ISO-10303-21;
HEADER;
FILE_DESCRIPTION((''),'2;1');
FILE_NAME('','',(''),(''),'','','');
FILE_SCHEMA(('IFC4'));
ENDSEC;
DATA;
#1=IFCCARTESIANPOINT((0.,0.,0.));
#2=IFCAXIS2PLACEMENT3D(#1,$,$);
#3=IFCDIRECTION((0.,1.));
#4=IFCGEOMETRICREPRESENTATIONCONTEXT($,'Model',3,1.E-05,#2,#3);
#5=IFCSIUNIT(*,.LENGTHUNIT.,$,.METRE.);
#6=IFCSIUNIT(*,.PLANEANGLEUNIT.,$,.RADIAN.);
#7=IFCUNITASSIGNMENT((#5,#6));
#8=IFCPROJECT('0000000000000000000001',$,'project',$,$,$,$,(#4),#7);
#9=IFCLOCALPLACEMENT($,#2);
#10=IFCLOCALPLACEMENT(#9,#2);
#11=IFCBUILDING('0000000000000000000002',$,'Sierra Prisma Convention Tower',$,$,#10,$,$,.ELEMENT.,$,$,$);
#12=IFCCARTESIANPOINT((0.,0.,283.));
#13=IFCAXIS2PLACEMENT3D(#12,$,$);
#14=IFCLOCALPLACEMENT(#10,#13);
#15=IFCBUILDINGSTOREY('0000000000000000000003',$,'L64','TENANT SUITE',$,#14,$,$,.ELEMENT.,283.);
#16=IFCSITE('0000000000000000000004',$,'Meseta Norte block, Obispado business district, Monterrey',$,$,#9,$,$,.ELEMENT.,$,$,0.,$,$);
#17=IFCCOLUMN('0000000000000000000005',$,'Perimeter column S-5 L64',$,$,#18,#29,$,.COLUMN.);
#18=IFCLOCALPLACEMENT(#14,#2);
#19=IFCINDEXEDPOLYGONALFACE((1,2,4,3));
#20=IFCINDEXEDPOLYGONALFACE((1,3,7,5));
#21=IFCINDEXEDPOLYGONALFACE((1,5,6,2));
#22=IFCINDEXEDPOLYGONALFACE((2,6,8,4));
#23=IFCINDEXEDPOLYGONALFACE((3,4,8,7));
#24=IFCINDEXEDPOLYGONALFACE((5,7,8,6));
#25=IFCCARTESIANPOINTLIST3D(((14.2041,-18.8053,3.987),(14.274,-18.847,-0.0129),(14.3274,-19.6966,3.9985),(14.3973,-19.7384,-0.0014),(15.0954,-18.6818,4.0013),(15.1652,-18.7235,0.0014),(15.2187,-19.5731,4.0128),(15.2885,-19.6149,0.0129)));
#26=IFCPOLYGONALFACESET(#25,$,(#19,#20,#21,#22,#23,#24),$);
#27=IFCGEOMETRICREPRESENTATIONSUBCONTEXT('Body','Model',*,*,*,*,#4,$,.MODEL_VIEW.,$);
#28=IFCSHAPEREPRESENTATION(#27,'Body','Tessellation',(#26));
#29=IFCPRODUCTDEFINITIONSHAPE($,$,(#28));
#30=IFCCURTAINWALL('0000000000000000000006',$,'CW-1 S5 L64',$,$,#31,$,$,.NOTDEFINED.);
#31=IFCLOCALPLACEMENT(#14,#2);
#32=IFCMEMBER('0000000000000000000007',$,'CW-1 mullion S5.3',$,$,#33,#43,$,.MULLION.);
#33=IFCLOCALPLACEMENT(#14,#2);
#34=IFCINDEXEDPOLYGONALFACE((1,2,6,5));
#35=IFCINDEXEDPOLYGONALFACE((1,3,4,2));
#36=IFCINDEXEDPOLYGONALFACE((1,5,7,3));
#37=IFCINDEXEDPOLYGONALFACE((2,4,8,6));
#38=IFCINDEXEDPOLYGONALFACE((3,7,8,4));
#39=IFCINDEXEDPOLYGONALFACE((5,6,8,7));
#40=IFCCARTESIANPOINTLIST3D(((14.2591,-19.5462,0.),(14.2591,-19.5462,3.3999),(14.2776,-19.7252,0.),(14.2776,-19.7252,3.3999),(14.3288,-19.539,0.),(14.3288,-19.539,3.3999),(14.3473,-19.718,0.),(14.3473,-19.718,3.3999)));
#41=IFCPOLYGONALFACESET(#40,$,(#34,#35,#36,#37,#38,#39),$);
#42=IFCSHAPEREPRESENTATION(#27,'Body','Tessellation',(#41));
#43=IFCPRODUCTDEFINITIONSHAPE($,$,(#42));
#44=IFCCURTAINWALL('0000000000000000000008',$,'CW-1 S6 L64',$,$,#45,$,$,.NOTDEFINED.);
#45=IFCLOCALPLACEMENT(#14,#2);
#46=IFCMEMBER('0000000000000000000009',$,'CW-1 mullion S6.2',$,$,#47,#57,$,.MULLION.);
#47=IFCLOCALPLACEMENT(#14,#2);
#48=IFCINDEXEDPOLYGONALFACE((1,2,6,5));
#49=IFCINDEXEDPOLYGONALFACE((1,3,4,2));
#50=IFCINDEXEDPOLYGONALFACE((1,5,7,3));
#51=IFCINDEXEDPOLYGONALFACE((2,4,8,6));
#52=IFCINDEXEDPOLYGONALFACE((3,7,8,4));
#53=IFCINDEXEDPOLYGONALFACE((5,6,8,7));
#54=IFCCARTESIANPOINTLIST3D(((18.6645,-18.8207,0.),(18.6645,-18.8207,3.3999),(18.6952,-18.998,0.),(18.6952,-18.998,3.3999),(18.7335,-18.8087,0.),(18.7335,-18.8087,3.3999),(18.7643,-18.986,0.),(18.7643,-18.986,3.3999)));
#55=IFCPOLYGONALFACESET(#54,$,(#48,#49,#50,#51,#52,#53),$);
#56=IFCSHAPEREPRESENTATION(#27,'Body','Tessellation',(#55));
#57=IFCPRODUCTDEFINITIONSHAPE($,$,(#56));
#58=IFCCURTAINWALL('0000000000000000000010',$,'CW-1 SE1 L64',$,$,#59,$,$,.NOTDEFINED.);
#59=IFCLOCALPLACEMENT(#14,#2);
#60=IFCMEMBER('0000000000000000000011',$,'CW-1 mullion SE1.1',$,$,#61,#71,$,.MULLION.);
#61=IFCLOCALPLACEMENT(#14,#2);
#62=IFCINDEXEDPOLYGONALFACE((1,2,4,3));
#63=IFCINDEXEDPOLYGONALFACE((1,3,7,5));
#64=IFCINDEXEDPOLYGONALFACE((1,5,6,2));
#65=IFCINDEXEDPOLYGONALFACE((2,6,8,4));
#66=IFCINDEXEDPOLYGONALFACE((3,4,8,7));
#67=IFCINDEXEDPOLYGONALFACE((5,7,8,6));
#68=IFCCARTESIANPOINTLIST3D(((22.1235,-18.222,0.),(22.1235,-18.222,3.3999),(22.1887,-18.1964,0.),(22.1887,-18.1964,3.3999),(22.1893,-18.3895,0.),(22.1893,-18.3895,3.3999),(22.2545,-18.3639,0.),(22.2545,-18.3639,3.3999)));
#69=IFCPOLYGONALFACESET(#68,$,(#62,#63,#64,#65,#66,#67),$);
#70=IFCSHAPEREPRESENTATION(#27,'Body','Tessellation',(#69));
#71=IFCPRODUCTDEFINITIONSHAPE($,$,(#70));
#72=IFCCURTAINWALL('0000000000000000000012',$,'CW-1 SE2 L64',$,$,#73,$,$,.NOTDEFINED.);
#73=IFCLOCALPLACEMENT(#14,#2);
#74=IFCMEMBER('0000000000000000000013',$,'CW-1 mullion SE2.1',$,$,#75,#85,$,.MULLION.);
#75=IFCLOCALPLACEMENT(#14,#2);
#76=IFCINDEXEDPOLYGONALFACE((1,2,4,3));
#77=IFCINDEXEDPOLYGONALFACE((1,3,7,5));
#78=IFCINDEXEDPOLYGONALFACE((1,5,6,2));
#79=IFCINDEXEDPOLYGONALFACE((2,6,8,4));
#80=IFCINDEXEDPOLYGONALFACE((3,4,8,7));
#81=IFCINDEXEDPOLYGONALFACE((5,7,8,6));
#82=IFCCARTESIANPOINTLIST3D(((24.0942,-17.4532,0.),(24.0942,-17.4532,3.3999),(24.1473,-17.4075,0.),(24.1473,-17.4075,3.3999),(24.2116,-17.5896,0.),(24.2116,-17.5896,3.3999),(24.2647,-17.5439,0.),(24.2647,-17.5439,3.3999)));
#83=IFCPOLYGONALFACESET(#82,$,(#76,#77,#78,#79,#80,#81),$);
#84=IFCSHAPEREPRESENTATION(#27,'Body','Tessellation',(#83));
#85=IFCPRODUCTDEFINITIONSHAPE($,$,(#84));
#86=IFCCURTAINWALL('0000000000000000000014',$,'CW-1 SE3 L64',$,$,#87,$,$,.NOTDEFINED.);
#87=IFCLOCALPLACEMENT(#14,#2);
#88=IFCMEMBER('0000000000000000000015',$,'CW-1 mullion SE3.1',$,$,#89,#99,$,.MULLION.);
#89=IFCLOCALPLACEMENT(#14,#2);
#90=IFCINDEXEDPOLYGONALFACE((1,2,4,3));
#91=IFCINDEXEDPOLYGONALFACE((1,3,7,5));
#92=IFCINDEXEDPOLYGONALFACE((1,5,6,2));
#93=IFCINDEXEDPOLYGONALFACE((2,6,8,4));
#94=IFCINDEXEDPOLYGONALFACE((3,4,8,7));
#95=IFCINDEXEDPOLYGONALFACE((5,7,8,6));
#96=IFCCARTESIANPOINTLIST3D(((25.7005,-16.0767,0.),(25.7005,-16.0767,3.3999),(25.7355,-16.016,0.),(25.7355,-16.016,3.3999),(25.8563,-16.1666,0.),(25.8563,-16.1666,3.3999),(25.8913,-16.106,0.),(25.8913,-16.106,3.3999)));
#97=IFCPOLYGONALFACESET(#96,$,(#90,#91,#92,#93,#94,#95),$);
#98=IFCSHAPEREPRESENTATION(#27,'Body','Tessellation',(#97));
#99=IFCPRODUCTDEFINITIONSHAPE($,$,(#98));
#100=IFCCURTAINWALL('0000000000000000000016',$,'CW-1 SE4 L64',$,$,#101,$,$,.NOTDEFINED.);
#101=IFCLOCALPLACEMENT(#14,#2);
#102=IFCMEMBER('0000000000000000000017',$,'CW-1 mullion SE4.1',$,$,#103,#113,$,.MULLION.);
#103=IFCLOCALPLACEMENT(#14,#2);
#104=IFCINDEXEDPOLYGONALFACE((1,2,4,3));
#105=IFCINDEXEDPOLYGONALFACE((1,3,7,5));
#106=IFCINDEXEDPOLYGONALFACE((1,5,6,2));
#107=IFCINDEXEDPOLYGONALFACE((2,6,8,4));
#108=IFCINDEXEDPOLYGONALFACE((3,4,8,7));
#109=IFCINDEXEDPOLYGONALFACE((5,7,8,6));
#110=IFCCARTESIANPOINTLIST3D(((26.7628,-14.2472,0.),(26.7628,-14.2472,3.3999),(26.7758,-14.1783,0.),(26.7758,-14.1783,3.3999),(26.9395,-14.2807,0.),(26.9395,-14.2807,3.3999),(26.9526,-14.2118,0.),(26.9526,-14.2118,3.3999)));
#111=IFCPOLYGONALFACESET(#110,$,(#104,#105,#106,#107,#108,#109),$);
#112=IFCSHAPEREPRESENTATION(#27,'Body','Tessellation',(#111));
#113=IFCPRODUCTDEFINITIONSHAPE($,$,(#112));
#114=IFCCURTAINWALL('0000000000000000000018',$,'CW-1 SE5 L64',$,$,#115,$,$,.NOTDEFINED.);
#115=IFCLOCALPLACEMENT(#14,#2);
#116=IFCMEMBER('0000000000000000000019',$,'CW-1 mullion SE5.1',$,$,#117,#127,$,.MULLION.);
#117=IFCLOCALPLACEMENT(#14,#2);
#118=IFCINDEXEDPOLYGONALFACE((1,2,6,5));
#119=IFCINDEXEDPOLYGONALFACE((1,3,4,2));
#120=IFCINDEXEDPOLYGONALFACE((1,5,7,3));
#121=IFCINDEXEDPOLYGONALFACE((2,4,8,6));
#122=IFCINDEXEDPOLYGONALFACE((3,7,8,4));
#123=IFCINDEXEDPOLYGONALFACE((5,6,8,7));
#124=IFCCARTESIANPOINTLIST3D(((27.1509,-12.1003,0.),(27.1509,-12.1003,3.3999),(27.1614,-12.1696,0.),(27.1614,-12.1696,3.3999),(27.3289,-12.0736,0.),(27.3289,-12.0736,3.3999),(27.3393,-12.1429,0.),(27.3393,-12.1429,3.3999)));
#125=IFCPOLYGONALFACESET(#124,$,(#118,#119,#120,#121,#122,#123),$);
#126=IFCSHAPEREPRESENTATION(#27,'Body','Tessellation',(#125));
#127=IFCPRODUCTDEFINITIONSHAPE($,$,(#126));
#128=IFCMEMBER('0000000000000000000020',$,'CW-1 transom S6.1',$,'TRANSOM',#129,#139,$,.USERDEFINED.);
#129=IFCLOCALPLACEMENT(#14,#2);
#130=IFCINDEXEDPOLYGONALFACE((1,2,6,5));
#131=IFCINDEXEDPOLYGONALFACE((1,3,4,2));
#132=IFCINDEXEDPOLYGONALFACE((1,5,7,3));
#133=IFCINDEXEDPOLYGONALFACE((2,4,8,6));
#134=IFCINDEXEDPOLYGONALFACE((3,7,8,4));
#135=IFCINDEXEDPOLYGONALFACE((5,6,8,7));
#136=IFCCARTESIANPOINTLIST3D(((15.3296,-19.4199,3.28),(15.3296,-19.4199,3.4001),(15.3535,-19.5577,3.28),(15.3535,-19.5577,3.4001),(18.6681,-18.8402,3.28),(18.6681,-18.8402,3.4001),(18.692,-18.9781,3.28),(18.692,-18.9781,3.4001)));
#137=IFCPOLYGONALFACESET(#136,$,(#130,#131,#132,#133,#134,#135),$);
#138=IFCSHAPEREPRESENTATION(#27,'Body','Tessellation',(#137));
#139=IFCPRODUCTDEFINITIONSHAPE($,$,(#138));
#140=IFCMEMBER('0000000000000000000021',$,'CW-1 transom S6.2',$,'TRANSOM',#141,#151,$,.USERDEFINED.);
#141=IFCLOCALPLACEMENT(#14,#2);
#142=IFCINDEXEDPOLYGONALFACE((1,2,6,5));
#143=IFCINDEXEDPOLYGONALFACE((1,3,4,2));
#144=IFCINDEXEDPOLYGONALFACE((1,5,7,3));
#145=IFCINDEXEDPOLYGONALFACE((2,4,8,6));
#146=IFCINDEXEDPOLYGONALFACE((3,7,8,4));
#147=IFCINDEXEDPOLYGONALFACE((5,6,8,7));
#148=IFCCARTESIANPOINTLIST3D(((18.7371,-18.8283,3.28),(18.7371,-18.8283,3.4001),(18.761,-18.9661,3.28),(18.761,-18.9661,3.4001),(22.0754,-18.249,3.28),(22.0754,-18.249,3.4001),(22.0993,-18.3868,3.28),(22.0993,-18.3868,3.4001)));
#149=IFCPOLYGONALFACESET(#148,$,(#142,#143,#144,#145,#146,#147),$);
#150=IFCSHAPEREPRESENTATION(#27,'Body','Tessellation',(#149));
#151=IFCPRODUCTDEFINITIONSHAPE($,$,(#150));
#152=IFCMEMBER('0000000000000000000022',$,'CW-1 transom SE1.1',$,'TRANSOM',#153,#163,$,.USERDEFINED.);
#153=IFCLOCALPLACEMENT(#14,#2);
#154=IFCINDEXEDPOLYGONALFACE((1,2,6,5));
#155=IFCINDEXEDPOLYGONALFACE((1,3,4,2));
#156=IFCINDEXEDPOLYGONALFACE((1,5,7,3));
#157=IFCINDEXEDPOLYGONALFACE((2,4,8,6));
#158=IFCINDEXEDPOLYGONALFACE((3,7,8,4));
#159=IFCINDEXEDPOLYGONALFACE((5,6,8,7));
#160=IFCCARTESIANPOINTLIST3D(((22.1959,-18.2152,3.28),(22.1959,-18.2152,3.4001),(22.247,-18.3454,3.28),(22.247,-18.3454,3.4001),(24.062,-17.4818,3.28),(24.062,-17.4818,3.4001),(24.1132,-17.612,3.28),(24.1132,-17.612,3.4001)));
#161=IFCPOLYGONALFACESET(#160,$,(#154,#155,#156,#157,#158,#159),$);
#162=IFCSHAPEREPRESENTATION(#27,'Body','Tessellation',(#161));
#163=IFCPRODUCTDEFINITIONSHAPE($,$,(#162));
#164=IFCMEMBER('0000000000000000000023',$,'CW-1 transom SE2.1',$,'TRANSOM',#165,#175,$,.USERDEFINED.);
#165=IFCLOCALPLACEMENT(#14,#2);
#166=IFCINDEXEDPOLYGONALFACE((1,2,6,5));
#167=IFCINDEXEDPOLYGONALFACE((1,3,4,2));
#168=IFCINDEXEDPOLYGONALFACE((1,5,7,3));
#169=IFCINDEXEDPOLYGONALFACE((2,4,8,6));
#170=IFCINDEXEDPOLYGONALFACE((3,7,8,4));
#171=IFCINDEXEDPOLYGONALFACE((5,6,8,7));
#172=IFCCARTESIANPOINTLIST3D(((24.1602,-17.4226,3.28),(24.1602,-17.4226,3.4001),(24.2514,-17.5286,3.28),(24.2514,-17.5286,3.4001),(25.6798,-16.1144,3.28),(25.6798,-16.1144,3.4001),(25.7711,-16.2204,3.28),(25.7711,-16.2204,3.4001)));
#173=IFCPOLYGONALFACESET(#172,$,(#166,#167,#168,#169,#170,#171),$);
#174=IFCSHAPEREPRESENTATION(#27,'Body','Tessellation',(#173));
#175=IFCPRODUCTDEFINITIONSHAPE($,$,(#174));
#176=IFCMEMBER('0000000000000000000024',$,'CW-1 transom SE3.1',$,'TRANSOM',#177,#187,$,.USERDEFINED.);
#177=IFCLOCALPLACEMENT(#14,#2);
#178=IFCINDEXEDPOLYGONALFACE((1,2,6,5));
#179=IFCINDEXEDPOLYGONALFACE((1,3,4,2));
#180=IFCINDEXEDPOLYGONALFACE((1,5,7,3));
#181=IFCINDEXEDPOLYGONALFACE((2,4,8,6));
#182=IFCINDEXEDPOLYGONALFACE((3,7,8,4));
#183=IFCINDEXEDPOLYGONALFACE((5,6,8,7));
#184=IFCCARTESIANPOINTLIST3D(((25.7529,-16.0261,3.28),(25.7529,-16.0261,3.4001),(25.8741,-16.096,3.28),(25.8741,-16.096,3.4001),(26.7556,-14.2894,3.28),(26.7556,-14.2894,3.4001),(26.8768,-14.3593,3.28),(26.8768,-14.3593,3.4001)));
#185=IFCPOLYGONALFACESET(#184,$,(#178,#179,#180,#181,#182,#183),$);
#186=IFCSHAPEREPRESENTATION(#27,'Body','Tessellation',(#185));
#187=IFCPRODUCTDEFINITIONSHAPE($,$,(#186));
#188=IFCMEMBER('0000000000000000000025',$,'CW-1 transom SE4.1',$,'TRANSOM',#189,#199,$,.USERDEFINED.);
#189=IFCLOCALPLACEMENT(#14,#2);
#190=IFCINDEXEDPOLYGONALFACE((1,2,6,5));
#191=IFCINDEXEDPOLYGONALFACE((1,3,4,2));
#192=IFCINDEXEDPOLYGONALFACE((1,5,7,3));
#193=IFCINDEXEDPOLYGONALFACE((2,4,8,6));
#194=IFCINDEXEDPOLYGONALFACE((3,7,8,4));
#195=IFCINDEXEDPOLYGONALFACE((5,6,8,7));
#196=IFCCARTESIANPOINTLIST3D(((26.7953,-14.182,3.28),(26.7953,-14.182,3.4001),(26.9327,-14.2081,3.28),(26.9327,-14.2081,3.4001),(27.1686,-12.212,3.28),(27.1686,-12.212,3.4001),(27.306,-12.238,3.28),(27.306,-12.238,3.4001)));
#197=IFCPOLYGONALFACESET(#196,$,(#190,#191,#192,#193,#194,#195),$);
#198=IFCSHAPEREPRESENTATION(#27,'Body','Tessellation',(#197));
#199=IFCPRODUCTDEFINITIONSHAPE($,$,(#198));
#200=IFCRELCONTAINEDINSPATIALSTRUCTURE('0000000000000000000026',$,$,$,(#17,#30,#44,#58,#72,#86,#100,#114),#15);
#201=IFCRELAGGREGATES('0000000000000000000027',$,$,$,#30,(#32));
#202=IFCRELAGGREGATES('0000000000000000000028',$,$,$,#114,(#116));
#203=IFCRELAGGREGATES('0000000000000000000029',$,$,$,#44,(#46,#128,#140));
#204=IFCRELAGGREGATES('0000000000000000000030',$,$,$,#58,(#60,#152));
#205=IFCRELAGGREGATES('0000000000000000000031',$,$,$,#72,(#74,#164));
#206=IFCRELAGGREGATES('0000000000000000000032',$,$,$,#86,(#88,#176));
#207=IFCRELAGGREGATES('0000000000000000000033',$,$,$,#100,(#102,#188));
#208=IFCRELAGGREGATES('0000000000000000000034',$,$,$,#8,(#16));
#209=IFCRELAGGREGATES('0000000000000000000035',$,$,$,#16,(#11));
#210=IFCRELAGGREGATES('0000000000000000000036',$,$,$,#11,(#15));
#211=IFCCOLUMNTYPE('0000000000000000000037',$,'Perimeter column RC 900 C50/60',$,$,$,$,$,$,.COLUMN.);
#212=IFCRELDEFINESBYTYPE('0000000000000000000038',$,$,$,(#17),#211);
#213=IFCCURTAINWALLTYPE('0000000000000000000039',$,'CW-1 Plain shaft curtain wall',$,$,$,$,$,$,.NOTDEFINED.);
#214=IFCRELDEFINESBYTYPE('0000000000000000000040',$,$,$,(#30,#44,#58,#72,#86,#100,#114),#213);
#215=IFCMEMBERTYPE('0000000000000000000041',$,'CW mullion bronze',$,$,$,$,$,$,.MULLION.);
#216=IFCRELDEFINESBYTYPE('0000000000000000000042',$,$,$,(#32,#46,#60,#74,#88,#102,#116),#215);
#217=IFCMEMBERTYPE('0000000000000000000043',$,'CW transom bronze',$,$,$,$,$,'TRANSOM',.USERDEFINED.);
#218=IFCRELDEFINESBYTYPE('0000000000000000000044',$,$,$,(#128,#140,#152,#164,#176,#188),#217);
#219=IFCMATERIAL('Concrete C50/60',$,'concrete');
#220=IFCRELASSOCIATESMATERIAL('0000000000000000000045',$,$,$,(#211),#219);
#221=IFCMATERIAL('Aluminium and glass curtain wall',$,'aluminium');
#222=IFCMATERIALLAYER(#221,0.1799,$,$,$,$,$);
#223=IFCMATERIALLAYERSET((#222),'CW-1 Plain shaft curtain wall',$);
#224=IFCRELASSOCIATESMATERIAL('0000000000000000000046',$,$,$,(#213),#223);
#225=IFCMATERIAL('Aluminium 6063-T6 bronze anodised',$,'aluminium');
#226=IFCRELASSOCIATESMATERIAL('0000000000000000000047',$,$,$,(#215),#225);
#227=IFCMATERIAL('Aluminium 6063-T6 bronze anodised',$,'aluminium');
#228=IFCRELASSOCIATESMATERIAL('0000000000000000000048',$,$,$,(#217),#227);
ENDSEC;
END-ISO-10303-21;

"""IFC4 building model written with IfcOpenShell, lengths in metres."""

from ifc_helpers import new_model, si_unit, direction, frame, origin, origin_2d, place, context, subcontext, project, spatial, rectangle, extrude, material, layer, layer_set, material_profile, profile_set, type_object, element, aggregate, save


model = new_model("IFC4")

# Units and contexts
model_context = context("Model", 3, precision=1e-05, world=origin(), true_north=direction((0.0, 1.0)))
body_context = subcontext(model_context, "Body", "Model", "MODEL_VIEW")
ifc_project = project(units=[si_unit("LENGTHUNIT", "METRE"), si_unit("PLANEANGLEUNIT", "RADIAN")], contexts=[model_context])

# Site, building, storey
site_placement = place(None, origin())
site = spatial("IfcSite", under=ifc_project, at=site_placement, Name="Meseta Norte block, Obispado business district, Monterrey", CompositionType="ELEMENT", RefElevation=0.0)
building_placement = place(site_placement, origin())
building = spatial("IfcBuilding", under=site, at=building_placement, Name="Sierra Prisma Convention Tower", CompositionType="ELEMENT")
storey_placement = place(building_placement, frame((0.0, 0.0, 283.0)))
storey = spatial("IfcBuildingStorey", under=building, at=storey_placement, Name="L64", Description="TENANT SUITE", CompositionType="ELEMENT", Elevation=283.0)

# Column
ifc_material_1 = material(Name="Concrete C50/60", Category="concrete")
ifc_material_profile_1 = material_profile(ifc_material_1, rectangle(XDim=0.8999, YDim=0.8999, at=origin_2d()), Name="Perimeter column RC 900 C50/60")
ifc_profile_set_1 = profile_set([ifc_material_profile_1], Name="Concrete C50/60")
column_type = type_object("IfcColumnType", Name="Perimeter column RC 900 C50/60", PredefinedType="COLUMN", material=ifc_profile_set_1)
column_placement = place(storey_placement, frame((14.7812, -19.231, 0.0), z_axis=(-0.017452, 0.010435, 0.999793), x_axis=(0.990413, 0.137223, 0.015857)))
element("IfcColumn", 1, at=column_placement, inside=storey, type_object=column_type, Name="Perimeter column S-5 L64", PredefinedType="COLUMN", context=body_context, shape_type="SweptSolid", body=[
    extrude(rectangle(XDim=0.8999, YDim=0.8999, at=origin_2d()), origin(), (0.0, 0.0, 1.0), 4.0007),
])

# Curtain walls, members
ifc_material_2 = material(Name="Aluminium and glass curtain wall", Category="aluminium")
ifc_layer_1 = layer(ifc_material_2, 0.1799)
ifc_layer_set_1 = layer_set([ifc_layer_1], Name="CW-1 Plain shaft curtain wall")
curtain_wall_type = type_object("IfcCurtainWallType", Name="CW-1 Plain shaft curtain wall", PredefinedType="NOTDEFINED", material=ifc_layer_set_1)
curtain_wall_1_placement = place(storey_placement, origin())
curtain_wall_1 = element("IfcCurtainWall", 2, at=curtain_wall_1_placement, inside=storey, type_object=curtain_wall_type, Name="CW-1 S5 L64", PredefinedType="NOTDEFINED")
ifc_material_3 = material(Name="Aluminium 6063-T6 bronze anodised", Category="aluminium")
ifc_material_profile_2 = material_profile(ifc_material_3, rectangle(XDim=0.1799, YDim=0.0701, at=origin_2d()), Name="ALU MULLION 70x180")
ifc_profile_set_2 = profile_set([ifc_material_profile_2], Name="Aluminium 6063-T6 bronze anodised")
member_type_1 = type_object("IfcMemberType", Name="CW mullion bronze", PredefinedType="MULLION", material=ifc_profile_set_2)
member_1_placement = place(storey_placement, frame((14.3032, -19.6321, 0.0), z_axis=(0.0, 0.0, 1.0), x_axis=(-0.10293, 0.994689, 0.0)))
member_1 = element("IfcMember", 3, at=member_1_placement, type_object=member_type_1, Name="CW-1 mullion S5.3", PredefinedType="MULLION", context=body_context, shape_type="SweptSolid", body=[
    extrude(rectangle(XDim=0.1799, YDim=0.0701, at=origin_2d()), origin(), (0.0, 0.0, 1.0), 3.3999),
])
aggregate(curtain_wall_1, [member_1])
curtain_wall_2_placement = place(storey_placement, origin())
curtain_wall_2 = element("IfcCurtainWall", 4, at=curtain_wall_2_placement, inside=storey, type_object=curtain_wall_type, Name="CW-1 S6 L64", PredefinedType="NOTDEFINED")
member_2_placement = place(storey_placement, frame((18.7144, -18.9033, 0.0), z_axis=(0.0, 0.0, 1.0), x_axis=(-0.171009, 0.985269, 0.0)))
member_2 = element("IfcMember", 5, at=member_2_placement, type_object=member_type_1, Name="CW-1 mullion S6.2", PredefinedType="MULLION", context=body_context, shape_type="SweptSolid", body=[
    extrude(rectangle(XDim=0.1799, YDim=0.0701, at=origin_2d()), origin(), (0.0, 0.0, 1.0), 3.3999),
])
curtain_wall_3_placement = place(storey_placement, origin())
curtain_wall_3 = element("IfcCurtainWall", 6, at=curtain_wall_3_placement, inside=storey, type_object=curtain_wall_type, Name="CW-1 SE1 L64", PredefinedType="NOTDEFINED")
member_3_placement = place(storey_placement, frame((22.189, -18.293, 0.0), z_axis=(0.0, 0.0, 1.0), x_axis=(-0.365732, 0.93072, 0.0)))
member_3 = element("IfcMember", 7, at=member_3_placement, type_object=member_type_1, Name="CW-1 mullion SE1.1", PredefinedType="MULLION", context=body_context, shape_type="SweptSolid", body=[
    extrude(rectangle(XDim=0.1799, YDim=0.0701, at=origin_2d()), origin(), (0.0, 0.0, 1.0), 3.3999),
])
curtain_wall_4_placement = place(storey_placement, origin())
curtain_wall_4 = element("IfcCurtainWall", 8, at=curtain_wall_4_placement, inside=storey, type_object=curtain_wall_type, Name="CW-1 SE2 L64", PredefinedType="NOTDEFINED")
member_4_placement = place(storey_placement, frame((24.1794, -17.4985, 0.0), z_axis=(0.0, 0.0, 1.0), x_axis=(-0.652447, 0.757835, 0.0)))
member_4 = element("IfcMember", 9, at=member_4_placement, type_object=member_type_1, Name="CW-1 mullion SE2.1", PredefinedType="MULLION", context=body_context, shape_type="SweptSolid", body=[
    extrude(rectangle(XDim=0.1799, YDim=0.0701, at=origin_2d()), origin(), (0.0, 0.0, 1.0), 3.3999),
])
curtain_wall_5_placement = place(storey_placement, origin())
curtain_wall_5 = element("IfcCurtainWall", 10, at=curtain_wall_5_placement, inside=storey, type_object=curtain_wall_type, Name="CW-1 SE3 L64", PredefinedType="NOTDEFINED")
member_5_placement = place(storey_placement, frame((25.7959, -16.0913, 0.0), z_axis=(0.0, 0.0, 1.0), x_axis=(-0.866025, 0.5, 0.0)))
member_5 = element("IfcMember", 11, at=member_5_placement, type_object=member_type_1, Name="CW-1 mullion SE3.1", PredefinedType="MULLION", context=body_context, shape_type="SweptSolid", body=[
    extrude(rectangle(XDim=0.1799, YDim=0.0701, at=origin_2d()), origin(), (0.0, 0.0, 1.0), 3.3999),
])
curtain_wall_6_placement = place(storey_placement, origin())
curtain_wall_6 = element("IfcCurtainWall", 12, at=curtain_wall_6_placement, inside=storey, type_object=curtain_wall_type, Name="CW-1 SE4 L64", PredefinedType="NOTDEFINED")
member_6_placement = place(storey_placement, frame((26.8577, -14.2295, 0.0), z_axis=(0.0, 0.0, 1.0), x_axis=(-0.982527, 0.186118, 0.0)))
member_6 = element("IfcMember", 13, at=member_6_placement, type_object=member_type_1, Name="CW-1 mullion SE4.1", PredefinedType="MULLION", context=body_context, shape_type="SweptSolid", body=[
    extrude(rectangle(XDim=0.1799, YDim=0.0701, at=origin_2d()), origin(), (0.0, 0.0, 1.0), 3.3999),
])
curtain_wall_7_placement = place(storey_placement, origin())
curtain_wall_7 = element("IfcCurtainWall", 14, at=curtain_wall_7_placement, inside=storey, type_object=curtain_wall_type, Name="CW-1 SE5 L64", PredefinedType="NOTDEFINED")
member_7_placement = place(storey_placement, frame((27.2451, -12.1216, 0.0), z_axis=(0.0, 0.0, 1.0), x_axis=(-0.988893, -0.148627, 0.0)))
member_7 = element("IfcMember", 15, at=member_7_placement, type_object=member_type_1, Name="CW-1 mullion SE5.1", PredefinedType="MULLION", context=body_context, shape_type="SweptSolid", body=[
    extrude(rectangle(XDim=0.1799, YDim=0.0701, at=origin_2d()), origin(), (0.0, 0.0, 1.0), 3.3999),
])

# Members
ifc_material_4 = material(Name="Aluminium 6063-T6 bronze anodised", Category="aluminium")
ifc_material_profile_3 = material_profile(ifc_material_4, rectangle(XDim=0.1399, YDim=0.1201, at=origin_2d()), Name="ALU TRANSOM 120x140")
ifc_profile_set_3 = profile_set([ifc_material_profile_3], Name="Aluminium 6063-T6 bronze anodised")
member_type_2 = type_object("IfcMemberType", Name="CW transom bronze", ElementType="TRANSOM", PredefinedType="USERDEFINED", material=ifc_profile_set_3)
member_8_placement = place(storey_placement, frame((15.3416, -19.4888, 3.3401), z_axis=(0.985261, 0.171055, 0.0), x_axis=(-0.171055, 0.985261, 0.0)))
member_8 = element("IfcMember", 16, at=member_8_placement, type_object=member_type_2, Name="CW-1 transom S6.1", ObjectType="TRANSOM", PredefinedType="USERDEFINED", context=body_context, shape_type="SweptSolid", body=[
    extrude(rectangle(XDim=0.1399, YDim=0.1201, at=origin_2d()), origin(), (0.0, 0.0, 1.0), 3.3884),
])
member_9_placement = place(storey_placement, frame((18.749, -18.8972, 3.3401), z_axis=(0.985274, 0.170985, 0.0), x_axis=(-0.170985, 0.985274, 0.0)))
member_9 = element("IfcMember", 17, at=member_9_placement, type_object=member_type_2, Name="CW-1 transom S6.2", ObjectType="TRANSOM", PredefinedType="USERDEFINED", context=body_context, shape_type="SweptSolid", body=[
    extrude(rectangle(XDim=0.1399, YDim=0.1201, at=origin_2d()), origin(), (0.0, 0.0, 1.0), 3.3882),
])
member_10_placement = place(storey_placement, frame((22.2214, -18.2803, 3.3401), z_axis=(0.93071, 0.365758, 0.0), x_axis=(-0.365758, 0.93071, 0.0)))
member_10 = element("IfcMember", 18, at=member_10_placement, type_object=member_type_2, Name="CW-1 transom SE1.1", ObjectType="TRANSOM", PredefinedType="USERDEFINED", context=body_context, shape_type="SweptSolid", body=[
    extrude(rectangle(XDim=0.1399, YDim=0.1201, at=origin_2d()), origin(), (0.0, 0.0, 1.0), 2.0051),
])
member_11_placement = place(storey_placement, frame((24.2058, -17.4756, 3.3401), z_axis=(0.757862, 0.652414, 0.0), x_axis=(-0.652414, 0.757862, 0.0)))
member_11 = element("IfcMember", 19, at=member_11_placement, type_object=member_type_2, Name="CW-1 transom SE2.1", ObjectType="TRANSOM", PredefinedType="USERDEFINED", context=body_context, shape_type="SweptSolid", body=[
    extrude(rectangle(XDim=0.1399, YDim=0.1201, at=origin_2d()), origin(), (0.0, 0.0, 1.0), 2.0051),
])
member_12_placement = place(storey_placement, frame((25.8135, -16.061, 3.3401), z_axis=(0.500028, 0.866009, 0.0), x_axis=(-0.866009, 0.500028, 0.0)))
member_12 = element("IfcMember", 20, at=member_12_placement, type_object=member_type_2, Name="CW-1 transom SE3.1", ObjectType="TRANSOM", PredefinedType="USERDEFINED", context=body_context, shape_type="SweptSolid", body=[
    extrude(rectangle(XDim=0.1399, YDim=0.1201, at=origin_2d()), origin(), (0.0, 0.0, 1.0), 2.0054),
])
member_13_placement = place(storey_placement, frame((26.864, -14.1951, 3.3401), z_axis=(0.186178, 0.982516, 0.0), x_axis=(-0.982516, 0.186178, 0.0)))
member_13 = element("IfcMember", 21, at=member_13_placement, type_object=member_type_2, Name="CW-1 transom SE4.1", ObjectType="TRANSOM", PredefinedType="USERDEFINED", context=body_context, shape_type="SweptSolid", body=[
    extrude(rectangle(XDim=0.1399, YDim=0.1201, at=origin_2d()), origin(), (0.0, 0.0, 1.0), 2.0051),
])
aggregate(curtain_wall_7, [member_7])

aggregate(curtain_wall_2, [member_2, member_8, member_9])
aggregate(curtain_wall_3, [member_3, member_10])
aggregate(curtain_wall_4, [member_4, member_11])
aggregate(curtain_wall_5, [member_5, member_12])
aggregate(curtain_wall_6, [member_6, member_13])

save(model, "model.ifc")
